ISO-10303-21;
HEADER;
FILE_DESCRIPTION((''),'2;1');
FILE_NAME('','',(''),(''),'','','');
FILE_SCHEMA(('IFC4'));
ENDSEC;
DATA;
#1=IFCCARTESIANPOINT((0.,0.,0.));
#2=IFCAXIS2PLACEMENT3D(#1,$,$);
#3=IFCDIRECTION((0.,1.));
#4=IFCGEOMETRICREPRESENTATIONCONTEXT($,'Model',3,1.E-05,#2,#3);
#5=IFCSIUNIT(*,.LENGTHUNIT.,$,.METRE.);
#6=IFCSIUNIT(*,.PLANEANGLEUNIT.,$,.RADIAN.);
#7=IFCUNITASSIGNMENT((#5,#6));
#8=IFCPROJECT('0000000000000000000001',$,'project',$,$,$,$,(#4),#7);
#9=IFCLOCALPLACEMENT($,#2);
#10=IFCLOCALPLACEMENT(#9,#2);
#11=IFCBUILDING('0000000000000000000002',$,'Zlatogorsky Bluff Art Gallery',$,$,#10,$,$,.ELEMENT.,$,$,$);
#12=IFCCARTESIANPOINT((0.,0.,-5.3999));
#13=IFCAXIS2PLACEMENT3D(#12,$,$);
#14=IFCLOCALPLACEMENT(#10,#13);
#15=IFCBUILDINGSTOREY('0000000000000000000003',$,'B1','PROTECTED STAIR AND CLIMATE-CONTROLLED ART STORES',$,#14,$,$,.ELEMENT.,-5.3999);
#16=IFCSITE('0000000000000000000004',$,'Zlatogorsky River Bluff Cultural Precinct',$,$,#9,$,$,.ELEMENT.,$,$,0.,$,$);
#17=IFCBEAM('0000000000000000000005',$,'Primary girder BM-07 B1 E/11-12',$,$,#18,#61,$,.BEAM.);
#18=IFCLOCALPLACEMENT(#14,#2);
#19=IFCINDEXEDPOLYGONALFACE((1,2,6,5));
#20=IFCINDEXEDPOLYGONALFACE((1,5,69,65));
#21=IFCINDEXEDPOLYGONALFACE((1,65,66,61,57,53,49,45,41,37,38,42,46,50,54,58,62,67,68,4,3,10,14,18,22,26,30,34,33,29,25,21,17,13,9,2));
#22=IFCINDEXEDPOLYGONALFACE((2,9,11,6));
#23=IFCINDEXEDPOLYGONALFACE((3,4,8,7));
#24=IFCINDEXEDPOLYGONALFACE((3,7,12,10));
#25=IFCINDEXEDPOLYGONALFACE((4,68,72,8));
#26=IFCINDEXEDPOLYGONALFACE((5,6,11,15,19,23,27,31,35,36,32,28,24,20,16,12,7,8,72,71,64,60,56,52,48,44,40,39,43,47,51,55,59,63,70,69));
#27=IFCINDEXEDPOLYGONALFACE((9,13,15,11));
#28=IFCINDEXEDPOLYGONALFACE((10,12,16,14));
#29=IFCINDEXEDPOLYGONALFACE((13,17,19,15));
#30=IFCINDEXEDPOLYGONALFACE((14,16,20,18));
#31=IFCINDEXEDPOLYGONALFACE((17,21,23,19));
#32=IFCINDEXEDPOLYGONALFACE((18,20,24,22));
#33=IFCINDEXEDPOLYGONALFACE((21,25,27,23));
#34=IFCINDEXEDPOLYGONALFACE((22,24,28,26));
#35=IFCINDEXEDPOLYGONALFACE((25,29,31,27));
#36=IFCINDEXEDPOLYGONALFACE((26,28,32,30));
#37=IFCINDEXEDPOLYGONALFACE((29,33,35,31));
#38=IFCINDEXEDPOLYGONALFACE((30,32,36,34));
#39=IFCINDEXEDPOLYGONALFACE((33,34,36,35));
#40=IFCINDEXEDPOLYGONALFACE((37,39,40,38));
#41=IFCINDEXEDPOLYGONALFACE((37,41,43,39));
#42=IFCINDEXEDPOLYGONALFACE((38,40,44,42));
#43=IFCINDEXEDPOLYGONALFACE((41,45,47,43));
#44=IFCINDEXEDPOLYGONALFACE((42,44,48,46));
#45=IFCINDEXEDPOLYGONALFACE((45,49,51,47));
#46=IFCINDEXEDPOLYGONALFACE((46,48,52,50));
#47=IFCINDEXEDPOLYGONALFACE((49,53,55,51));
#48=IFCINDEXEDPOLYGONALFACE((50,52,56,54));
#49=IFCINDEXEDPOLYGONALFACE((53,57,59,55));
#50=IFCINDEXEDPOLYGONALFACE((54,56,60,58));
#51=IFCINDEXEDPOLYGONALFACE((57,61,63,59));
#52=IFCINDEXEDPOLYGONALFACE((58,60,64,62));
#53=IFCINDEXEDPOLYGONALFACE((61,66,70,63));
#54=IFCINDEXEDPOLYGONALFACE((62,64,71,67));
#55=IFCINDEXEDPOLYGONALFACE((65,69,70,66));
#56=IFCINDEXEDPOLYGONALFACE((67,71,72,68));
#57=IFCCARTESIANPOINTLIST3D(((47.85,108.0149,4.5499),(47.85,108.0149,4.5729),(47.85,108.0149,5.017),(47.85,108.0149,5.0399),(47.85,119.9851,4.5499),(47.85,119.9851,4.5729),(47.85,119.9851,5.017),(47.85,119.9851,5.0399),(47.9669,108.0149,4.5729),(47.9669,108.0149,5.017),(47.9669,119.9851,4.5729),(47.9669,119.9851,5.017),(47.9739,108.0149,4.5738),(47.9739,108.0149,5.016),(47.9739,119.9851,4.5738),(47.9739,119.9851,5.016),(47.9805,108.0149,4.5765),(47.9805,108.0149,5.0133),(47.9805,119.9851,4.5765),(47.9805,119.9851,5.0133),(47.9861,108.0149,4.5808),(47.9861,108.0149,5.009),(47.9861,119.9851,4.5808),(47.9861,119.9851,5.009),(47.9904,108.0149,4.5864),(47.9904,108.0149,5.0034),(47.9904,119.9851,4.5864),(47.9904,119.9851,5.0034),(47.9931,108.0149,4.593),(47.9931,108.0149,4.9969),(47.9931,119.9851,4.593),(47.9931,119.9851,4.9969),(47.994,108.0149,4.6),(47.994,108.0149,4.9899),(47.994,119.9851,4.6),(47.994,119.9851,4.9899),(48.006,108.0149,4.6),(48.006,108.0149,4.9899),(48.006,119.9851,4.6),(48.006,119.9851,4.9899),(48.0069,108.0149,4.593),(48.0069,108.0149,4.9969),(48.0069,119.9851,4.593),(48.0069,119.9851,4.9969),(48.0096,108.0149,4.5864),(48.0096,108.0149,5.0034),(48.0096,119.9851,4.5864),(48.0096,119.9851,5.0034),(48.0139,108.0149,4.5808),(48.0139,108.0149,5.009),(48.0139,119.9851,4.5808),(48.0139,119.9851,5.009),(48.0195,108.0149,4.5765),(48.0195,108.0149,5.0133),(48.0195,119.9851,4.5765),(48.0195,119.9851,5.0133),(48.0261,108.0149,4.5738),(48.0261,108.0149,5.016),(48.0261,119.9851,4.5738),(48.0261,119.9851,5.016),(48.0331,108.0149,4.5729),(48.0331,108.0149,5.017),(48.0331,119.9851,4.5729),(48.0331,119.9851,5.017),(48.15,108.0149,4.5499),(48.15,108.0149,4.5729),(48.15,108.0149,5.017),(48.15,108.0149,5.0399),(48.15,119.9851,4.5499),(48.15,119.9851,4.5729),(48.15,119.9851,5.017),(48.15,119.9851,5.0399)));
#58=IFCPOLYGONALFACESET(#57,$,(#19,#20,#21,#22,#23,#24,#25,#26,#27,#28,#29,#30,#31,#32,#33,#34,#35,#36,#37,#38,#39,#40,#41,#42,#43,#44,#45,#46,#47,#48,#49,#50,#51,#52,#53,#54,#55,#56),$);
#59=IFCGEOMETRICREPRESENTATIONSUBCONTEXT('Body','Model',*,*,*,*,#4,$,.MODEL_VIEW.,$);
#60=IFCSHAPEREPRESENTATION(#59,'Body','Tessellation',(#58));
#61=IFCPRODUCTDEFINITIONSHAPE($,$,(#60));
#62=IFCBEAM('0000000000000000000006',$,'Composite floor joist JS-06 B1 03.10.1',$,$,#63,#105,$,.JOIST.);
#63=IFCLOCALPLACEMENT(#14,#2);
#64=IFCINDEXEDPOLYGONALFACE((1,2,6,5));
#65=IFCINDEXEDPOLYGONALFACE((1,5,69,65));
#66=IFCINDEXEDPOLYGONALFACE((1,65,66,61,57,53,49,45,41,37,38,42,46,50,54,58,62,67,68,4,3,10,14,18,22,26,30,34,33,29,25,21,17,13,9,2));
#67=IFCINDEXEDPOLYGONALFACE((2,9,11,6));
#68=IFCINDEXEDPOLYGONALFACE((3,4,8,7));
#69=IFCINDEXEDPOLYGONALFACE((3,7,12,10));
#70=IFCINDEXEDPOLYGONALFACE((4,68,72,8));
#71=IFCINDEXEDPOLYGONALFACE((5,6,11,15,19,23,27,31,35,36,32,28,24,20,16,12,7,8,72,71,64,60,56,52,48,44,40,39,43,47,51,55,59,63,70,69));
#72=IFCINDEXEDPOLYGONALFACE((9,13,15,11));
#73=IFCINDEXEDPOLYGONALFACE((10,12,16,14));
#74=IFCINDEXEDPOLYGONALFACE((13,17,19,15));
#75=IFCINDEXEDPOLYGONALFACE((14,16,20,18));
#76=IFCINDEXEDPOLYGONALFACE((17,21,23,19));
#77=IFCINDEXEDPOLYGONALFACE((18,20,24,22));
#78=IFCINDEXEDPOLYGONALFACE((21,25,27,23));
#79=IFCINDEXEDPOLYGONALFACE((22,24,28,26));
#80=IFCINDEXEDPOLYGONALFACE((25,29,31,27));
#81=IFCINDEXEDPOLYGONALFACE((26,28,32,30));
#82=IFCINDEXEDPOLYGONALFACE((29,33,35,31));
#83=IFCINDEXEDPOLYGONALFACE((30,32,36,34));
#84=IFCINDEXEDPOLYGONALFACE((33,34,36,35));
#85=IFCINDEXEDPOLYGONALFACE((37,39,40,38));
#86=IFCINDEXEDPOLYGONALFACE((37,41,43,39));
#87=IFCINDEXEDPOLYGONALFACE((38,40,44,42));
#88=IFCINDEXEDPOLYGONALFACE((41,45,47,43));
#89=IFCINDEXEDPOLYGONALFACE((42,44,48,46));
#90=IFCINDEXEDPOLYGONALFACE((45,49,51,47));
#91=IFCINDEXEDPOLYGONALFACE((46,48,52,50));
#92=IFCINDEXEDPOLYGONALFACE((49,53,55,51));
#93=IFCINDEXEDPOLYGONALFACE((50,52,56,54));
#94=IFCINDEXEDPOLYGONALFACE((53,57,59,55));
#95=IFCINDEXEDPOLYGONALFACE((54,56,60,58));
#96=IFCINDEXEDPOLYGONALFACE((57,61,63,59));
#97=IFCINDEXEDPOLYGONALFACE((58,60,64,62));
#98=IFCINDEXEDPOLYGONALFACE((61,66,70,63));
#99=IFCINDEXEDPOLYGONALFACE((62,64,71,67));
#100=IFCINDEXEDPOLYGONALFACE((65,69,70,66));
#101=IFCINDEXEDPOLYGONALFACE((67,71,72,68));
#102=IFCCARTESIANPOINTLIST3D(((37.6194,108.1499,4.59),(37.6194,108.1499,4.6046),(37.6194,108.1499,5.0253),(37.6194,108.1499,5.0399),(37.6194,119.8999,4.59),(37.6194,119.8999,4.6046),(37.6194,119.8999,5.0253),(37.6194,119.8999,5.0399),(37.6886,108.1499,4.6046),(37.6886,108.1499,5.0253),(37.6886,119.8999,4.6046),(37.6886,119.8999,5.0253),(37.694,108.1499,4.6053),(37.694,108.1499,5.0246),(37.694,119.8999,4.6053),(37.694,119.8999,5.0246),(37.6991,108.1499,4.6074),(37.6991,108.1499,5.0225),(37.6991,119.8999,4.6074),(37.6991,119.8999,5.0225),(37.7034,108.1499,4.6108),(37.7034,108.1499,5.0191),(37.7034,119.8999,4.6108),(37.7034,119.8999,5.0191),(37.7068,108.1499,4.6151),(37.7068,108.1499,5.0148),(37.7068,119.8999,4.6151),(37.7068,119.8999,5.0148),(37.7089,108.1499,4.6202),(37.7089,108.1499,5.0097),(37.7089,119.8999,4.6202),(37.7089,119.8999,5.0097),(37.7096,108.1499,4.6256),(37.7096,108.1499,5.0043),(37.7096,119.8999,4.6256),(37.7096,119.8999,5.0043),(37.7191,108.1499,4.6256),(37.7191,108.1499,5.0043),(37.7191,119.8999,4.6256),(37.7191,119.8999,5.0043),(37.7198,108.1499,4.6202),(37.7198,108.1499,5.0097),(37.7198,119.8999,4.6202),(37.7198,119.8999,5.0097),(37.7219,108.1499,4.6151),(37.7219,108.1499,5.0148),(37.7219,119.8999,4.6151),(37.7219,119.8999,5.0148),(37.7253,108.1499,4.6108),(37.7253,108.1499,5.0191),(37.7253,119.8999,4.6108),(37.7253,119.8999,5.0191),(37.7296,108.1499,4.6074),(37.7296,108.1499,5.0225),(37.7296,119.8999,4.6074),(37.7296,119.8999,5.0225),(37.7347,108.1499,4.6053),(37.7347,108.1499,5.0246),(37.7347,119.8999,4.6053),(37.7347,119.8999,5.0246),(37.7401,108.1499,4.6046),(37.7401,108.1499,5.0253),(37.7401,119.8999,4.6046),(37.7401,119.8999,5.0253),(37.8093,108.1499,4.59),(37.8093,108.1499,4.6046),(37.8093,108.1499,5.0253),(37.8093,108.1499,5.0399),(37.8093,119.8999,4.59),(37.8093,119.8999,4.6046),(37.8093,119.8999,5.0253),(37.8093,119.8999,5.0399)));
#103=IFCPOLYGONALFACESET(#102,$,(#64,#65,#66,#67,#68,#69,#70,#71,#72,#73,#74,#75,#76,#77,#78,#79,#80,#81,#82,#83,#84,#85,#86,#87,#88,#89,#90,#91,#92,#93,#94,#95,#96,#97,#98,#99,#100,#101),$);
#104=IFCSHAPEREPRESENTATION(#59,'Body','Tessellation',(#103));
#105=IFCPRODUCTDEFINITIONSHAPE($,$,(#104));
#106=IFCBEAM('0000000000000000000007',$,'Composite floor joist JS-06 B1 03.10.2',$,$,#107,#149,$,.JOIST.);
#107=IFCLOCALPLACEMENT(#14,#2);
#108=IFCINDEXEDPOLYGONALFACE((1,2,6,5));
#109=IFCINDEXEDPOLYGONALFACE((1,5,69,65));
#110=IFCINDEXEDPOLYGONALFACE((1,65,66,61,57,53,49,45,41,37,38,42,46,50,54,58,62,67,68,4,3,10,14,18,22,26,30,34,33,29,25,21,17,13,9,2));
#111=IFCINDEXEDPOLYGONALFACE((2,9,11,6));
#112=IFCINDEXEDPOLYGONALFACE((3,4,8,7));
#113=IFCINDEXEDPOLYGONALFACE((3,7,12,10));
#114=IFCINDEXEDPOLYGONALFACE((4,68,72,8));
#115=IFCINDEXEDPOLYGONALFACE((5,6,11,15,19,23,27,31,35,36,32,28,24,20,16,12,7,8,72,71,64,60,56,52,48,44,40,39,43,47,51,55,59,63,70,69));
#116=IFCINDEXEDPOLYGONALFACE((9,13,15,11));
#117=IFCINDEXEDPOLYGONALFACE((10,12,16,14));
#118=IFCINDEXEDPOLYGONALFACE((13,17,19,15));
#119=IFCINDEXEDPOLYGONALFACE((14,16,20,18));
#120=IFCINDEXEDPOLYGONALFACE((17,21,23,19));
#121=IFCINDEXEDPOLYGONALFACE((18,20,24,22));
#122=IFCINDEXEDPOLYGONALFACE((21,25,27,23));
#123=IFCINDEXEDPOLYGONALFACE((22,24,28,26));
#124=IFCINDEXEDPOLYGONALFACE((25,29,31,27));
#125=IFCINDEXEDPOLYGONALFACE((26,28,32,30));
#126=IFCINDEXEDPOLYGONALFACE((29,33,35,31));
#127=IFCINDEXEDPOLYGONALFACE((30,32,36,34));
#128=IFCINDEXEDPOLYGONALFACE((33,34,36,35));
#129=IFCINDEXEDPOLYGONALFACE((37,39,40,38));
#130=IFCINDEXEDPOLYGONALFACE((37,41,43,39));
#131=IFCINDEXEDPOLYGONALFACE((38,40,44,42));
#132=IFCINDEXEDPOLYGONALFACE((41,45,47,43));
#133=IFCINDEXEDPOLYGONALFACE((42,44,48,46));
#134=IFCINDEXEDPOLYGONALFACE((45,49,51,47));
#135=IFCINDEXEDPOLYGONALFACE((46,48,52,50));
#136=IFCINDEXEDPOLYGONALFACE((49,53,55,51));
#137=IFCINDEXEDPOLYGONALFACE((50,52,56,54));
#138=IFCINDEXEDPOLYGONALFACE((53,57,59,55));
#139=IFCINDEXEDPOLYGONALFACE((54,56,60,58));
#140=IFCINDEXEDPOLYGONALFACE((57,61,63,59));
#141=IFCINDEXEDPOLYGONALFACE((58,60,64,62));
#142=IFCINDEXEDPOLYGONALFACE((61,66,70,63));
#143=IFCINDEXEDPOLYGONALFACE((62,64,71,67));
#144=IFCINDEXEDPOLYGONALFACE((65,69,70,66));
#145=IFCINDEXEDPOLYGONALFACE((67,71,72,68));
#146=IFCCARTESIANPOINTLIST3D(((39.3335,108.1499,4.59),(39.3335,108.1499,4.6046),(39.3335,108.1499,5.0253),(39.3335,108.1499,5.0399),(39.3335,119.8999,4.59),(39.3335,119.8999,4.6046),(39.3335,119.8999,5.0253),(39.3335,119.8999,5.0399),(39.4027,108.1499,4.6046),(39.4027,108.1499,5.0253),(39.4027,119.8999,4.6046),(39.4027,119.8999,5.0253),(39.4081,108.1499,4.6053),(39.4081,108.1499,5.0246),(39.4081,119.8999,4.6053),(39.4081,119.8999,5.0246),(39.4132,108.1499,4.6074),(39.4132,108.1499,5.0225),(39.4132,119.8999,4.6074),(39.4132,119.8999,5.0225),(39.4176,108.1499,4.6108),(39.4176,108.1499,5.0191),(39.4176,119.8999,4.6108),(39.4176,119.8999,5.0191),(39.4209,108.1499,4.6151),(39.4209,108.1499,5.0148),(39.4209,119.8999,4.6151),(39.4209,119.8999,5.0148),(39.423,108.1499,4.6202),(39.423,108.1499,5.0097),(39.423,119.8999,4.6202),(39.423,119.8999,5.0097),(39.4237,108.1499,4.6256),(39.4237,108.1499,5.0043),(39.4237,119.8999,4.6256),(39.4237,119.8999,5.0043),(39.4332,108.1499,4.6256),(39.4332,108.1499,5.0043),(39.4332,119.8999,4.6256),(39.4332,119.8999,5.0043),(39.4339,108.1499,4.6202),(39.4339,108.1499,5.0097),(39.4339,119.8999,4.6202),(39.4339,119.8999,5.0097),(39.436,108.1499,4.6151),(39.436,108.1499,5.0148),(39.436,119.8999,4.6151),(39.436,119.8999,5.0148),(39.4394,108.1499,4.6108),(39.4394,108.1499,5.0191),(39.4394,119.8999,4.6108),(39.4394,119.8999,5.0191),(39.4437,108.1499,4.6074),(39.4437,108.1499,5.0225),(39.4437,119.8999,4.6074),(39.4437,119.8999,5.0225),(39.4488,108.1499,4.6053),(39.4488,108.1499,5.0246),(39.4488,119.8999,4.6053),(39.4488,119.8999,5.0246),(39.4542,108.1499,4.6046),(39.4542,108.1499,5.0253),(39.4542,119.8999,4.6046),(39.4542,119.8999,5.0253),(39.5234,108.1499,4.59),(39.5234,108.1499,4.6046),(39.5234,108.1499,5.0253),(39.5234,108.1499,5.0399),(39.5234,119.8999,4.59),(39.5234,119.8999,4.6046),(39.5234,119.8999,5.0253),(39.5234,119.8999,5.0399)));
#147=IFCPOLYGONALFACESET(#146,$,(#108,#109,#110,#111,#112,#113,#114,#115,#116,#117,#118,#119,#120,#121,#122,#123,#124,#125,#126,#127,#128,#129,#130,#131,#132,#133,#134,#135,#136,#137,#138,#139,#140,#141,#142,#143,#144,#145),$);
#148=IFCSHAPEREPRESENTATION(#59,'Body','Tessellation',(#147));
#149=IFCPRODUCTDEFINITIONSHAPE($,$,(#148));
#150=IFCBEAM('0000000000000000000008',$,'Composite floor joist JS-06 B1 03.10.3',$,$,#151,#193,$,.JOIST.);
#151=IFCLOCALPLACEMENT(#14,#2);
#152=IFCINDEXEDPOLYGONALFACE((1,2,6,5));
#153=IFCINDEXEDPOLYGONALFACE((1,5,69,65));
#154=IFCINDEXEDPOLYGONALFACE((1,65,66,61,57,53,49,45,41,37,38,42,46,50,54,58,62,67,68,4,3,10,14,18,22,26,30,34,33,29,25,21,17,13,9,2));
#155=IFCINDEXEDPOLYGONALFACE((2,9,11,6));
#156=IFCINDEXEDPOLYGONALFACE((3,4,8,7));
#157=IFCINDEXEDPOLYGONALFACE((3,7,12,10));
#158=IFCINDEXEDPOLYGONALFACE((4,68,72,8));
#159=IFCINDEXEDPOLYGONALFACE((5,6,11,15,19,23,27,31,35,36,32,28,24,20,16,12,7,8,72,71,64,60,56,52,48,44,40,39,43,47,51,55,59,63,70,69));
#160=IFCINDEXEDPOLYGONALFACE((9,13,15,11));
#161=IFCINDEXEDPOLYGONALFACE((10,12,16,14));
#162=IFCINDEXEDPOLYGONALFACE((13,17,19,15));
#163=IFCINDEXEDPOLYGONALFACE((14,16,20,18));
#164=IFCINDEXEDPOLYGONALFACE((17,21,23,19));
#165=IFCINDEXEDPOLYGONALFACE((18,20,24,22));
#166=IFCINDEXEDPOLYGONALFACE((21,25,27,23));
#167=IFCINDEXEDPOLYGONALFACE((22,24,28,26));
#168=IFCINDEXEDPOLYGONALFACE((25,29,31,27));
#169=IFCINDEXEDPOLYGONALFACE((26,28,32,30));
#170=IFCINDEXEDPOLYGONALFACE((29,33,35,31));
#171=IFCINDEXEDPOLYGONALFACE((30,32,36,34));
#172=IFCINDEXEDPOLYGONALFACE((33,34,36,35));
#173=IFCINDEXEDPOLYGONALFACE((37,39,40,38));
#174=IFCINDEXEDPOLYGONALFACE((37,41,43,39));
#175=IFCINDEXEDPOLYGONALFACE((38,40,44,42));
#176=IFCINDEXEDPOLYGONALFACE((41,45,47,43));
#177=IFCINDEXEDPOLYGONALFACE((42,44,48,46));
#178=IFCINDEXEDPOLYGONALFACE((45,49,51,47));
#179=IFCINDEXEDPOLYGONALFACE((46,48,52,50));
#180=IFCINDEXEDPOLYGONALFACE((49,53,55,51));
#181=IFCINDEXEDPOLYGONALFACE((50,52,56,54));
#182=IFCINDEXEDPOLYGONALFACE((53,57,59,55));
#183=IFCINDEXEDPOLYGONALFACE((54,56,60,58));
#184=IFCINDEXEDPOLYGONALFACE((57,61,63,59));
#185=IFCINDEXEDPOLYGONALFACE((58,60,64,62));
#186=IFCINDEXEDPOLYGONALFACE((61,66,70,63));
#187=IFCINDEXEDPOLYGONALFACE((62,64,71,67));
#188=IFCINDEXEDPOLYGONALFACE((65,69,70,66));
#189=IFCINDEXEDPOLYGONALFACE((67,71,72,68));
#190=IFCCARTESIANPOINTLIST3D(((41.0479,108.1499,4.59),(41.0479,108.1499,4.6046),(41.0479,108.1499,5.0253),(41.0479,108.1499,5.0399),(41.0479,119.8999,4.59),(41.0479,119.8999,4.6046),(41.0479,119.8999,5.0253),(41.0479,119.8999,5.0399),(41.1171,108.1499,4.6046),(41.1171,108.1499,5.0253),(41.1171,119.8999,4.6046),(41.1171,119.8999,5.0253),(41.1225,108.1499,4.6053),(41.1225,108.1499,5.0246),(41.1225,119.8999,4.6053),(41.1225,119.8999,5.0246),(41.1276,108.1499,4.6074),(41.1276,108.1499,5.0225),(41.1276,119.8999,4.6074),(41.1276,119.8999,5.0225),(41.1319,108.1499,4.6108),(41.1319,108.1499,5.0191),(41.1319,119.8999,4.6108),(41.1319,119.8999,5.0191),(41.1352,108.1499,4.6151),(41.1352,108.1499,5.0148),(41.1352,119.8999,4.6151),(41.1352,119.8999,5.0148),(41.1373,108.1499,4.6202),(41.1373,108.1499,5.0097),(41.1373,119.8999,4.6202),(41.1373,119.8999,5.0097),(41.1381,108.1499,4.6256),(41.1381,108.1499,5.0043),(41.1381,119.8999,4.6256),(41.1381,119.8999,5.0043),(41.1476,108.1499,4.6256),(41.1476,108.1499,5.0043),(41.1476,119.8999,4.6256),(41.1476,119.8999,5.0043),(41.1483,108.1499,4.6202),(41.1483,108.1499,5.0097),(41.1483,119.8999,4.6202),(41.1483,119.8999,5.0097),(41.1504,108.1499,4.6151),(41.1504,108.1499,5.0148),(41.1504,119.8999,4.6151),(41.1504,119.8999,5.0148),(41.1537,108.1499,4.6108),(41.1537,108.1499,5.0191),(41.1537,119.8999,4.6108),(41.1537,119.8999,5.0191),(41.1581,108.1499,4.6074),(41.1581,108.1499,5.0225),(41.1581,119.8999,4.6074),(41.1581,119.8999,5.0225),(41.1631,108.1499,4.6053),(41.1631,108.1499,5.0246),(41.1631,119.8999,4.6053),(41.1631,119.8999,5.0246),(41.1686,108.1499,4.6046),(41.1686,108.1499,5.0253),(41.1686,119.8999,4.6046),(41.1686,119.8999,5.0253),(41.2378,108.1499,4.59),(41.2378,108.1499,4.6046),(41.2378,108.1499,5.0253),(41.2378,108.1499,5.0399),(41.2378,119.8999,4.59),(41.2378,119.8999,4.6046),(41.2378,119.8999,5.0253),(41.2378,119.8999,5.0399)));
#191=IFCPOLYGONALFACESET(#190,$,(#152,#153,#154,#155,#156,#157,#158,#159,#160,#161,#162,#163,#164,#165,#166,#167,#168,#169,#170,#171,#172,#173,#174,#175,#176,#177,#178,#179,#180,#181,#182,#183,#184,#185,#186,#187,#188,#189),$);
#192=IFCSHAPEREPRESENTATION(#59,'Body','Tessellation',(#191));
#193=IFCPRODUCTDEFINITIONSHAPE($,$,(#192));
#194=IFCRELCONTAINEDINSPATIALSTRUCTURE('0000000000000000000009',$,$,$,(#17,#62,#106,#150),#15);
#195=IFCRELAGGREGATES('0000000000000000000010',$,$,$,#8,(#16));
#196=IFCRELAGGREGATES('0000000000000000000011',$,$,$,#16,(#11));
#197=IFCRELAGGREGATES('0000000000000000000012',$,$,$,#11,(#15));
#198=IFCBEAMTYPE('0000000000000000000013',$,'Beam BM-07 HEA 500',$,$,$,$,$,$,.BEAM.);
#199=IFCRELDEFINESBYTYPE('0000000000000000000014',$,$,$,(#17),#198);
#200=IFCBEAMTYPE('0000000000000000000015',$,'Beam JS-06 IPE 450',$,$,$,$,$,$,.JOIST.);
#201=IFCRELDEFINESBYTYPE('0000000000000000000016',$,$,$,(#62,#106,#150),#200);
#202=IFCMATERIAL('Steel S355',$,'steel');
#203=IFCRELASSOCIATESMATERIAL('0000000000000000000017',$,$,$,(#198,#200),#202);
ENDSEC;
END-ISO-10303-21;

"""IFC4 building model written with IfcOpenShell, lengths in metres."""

from ifc_helpers import new_model, si_unit, direction, frame, origin, origin_2d, place, context, subcontext, project, spatial, i_section, extrude, material, material_profile, profile_set, type_object, element, save


model = new_model("IFC4")

# Units and contexts
model_context = context("Model", 3, precision=1e-05, world=origin(), true_north=direction((0.0, 1.0)))
body_context = subcontext(model_context, "Body", "Model", "MODEL_VIEW")
ifc_project = project(units=[si_unit("LENGTHUNIT", "METRE"), si_unit("PLANEANGLEUNIT", "RADIAN")], contexts=[model_context])

# Site, building, storey
site_placement = place(None, origin())
site = spatial("IfcSite", under=ifc_project, at=site_placement, Name="Zlatogorsky River Bluff Cultural Precinct", CompositionType="ELEMENT", RefElevation=0.0)
building_placement = place(site_placement, origin())
building = spatial("IfcBuilding", under=site, at=building_placement, Name="Zlatogorsky Bluff Art Gallery", CompositionType="ELEMENT")
storey_placement = place(building_placement, frame((0.0, 0.0, -5.3999)))
storey = spatial("IfcBuildingStorey", under=building, at=storey_placement, Name="B1", Description="PROTECTED STAIR AND CLIMATE-CONTROLLED ART STORES", CompositionType="ELEMENT", Elevation=-5.3999)

# Shared definitions
ifc_material_1 = material(Name="Steel S355", Category="steel")

# Beams
ifc_material_profile_1 = material_profile(ifc_material_1, i_section(OverallWidth=0.3, OverallDepth=0.49, WebThickness=0.012, FlangeThickness=0.0229, FilletRadius=0.0271, at=origin_2d()), Name="HEA 500")
ifc_profile_set_1 = profile_set([ifc_material_profile_1], Name="Steel S355")
beam_type_1 = type_object("IfcBeamType", Name="Beam BM-07 HEA 500", PredefinedType="BEAM", material=ifc_profile_set_1)
beam_1_placement = place(storey_placement, frame((48.0, 108.0149, 4.7949), z_axis=(0.0, 1.0, 0.0), x_axis=(-1.0, 0.0, 0.0)))
element("IfcBeam", 1, at=beam_1_placement, inside=storey, type_object=beam_type_1, Name="Primary girder BM-07 B1 E/11-12", PredefinedType="BEAM", context=body_context, shape_type="SweptSolid", body=[
    extrude(i_section(OverallWidth=0.3, OverallDepth=0.49, WebThickness=0.012, FlangeThickness=0.0229, FilletRadius=0.0271, at=origin_2d()), origin(), (0.0, 0.0, 1.0), 11.9702),
])
ifc_material_profile_2 = material_profile(ifc_material_1, i_section(OverallWidth=0.1899, OverallDepth=0.45, WebThickness=0.0095, FlangeThickness=0.0146, FilletRadius=0.021, at=origin_2d()), Name="IPE 450")
ifc_profile_set_2 = profile_set([ifc_material_profile_2], Name="Steel S355")
beam_type_2 = type_object("IfcBeamType", Name="Beam JS-06 IPE 450", PredefinedType="JOIST", material=ifc_profile_set_2)
for number, where, z_axis, x_axis, name in (
    (2, (37.7144, 108.1499, 4.8149), (0.0, 1.0, 0.0), (-1.0, 0.0, 0.0), "Composite floor joist JS-06 B1 03.10.1"),
    (3, (39.4285, 108.1499, 4.8149), (0.0, 1.0, 0.0), (-1.0, 0.0, 0.0), "Composite floor joist JS-06 B1 03.10.2"),
    (4, (41.1428, 108.1499, 4.8149), (0.0, 1.0, 0.0), (-1.0, 0.0, 0.0), "Composite floor joist JS-06 B1 03.10.3"),
):
    element("IfcBeam", number, at=place(storey_placement, frame(where, z_axis=z_axis, x_axis=x_axis)), inside=storey, type_object=beam_type_2, Name=name, PredefinedType="JOIST", context=body_context, shape_type="SweptSolid", body=[
        extrude(i_section(OverallWidth=0.1899, OverallDepth=0.45, WebThickness=0.0095, FlangeThickness=0.0146, FilletRadius=0.021, at=origin_2d()), origin(), (0.0, 0.0, 1.0), 11.75),
    ])

save(model, "model.ifc")
